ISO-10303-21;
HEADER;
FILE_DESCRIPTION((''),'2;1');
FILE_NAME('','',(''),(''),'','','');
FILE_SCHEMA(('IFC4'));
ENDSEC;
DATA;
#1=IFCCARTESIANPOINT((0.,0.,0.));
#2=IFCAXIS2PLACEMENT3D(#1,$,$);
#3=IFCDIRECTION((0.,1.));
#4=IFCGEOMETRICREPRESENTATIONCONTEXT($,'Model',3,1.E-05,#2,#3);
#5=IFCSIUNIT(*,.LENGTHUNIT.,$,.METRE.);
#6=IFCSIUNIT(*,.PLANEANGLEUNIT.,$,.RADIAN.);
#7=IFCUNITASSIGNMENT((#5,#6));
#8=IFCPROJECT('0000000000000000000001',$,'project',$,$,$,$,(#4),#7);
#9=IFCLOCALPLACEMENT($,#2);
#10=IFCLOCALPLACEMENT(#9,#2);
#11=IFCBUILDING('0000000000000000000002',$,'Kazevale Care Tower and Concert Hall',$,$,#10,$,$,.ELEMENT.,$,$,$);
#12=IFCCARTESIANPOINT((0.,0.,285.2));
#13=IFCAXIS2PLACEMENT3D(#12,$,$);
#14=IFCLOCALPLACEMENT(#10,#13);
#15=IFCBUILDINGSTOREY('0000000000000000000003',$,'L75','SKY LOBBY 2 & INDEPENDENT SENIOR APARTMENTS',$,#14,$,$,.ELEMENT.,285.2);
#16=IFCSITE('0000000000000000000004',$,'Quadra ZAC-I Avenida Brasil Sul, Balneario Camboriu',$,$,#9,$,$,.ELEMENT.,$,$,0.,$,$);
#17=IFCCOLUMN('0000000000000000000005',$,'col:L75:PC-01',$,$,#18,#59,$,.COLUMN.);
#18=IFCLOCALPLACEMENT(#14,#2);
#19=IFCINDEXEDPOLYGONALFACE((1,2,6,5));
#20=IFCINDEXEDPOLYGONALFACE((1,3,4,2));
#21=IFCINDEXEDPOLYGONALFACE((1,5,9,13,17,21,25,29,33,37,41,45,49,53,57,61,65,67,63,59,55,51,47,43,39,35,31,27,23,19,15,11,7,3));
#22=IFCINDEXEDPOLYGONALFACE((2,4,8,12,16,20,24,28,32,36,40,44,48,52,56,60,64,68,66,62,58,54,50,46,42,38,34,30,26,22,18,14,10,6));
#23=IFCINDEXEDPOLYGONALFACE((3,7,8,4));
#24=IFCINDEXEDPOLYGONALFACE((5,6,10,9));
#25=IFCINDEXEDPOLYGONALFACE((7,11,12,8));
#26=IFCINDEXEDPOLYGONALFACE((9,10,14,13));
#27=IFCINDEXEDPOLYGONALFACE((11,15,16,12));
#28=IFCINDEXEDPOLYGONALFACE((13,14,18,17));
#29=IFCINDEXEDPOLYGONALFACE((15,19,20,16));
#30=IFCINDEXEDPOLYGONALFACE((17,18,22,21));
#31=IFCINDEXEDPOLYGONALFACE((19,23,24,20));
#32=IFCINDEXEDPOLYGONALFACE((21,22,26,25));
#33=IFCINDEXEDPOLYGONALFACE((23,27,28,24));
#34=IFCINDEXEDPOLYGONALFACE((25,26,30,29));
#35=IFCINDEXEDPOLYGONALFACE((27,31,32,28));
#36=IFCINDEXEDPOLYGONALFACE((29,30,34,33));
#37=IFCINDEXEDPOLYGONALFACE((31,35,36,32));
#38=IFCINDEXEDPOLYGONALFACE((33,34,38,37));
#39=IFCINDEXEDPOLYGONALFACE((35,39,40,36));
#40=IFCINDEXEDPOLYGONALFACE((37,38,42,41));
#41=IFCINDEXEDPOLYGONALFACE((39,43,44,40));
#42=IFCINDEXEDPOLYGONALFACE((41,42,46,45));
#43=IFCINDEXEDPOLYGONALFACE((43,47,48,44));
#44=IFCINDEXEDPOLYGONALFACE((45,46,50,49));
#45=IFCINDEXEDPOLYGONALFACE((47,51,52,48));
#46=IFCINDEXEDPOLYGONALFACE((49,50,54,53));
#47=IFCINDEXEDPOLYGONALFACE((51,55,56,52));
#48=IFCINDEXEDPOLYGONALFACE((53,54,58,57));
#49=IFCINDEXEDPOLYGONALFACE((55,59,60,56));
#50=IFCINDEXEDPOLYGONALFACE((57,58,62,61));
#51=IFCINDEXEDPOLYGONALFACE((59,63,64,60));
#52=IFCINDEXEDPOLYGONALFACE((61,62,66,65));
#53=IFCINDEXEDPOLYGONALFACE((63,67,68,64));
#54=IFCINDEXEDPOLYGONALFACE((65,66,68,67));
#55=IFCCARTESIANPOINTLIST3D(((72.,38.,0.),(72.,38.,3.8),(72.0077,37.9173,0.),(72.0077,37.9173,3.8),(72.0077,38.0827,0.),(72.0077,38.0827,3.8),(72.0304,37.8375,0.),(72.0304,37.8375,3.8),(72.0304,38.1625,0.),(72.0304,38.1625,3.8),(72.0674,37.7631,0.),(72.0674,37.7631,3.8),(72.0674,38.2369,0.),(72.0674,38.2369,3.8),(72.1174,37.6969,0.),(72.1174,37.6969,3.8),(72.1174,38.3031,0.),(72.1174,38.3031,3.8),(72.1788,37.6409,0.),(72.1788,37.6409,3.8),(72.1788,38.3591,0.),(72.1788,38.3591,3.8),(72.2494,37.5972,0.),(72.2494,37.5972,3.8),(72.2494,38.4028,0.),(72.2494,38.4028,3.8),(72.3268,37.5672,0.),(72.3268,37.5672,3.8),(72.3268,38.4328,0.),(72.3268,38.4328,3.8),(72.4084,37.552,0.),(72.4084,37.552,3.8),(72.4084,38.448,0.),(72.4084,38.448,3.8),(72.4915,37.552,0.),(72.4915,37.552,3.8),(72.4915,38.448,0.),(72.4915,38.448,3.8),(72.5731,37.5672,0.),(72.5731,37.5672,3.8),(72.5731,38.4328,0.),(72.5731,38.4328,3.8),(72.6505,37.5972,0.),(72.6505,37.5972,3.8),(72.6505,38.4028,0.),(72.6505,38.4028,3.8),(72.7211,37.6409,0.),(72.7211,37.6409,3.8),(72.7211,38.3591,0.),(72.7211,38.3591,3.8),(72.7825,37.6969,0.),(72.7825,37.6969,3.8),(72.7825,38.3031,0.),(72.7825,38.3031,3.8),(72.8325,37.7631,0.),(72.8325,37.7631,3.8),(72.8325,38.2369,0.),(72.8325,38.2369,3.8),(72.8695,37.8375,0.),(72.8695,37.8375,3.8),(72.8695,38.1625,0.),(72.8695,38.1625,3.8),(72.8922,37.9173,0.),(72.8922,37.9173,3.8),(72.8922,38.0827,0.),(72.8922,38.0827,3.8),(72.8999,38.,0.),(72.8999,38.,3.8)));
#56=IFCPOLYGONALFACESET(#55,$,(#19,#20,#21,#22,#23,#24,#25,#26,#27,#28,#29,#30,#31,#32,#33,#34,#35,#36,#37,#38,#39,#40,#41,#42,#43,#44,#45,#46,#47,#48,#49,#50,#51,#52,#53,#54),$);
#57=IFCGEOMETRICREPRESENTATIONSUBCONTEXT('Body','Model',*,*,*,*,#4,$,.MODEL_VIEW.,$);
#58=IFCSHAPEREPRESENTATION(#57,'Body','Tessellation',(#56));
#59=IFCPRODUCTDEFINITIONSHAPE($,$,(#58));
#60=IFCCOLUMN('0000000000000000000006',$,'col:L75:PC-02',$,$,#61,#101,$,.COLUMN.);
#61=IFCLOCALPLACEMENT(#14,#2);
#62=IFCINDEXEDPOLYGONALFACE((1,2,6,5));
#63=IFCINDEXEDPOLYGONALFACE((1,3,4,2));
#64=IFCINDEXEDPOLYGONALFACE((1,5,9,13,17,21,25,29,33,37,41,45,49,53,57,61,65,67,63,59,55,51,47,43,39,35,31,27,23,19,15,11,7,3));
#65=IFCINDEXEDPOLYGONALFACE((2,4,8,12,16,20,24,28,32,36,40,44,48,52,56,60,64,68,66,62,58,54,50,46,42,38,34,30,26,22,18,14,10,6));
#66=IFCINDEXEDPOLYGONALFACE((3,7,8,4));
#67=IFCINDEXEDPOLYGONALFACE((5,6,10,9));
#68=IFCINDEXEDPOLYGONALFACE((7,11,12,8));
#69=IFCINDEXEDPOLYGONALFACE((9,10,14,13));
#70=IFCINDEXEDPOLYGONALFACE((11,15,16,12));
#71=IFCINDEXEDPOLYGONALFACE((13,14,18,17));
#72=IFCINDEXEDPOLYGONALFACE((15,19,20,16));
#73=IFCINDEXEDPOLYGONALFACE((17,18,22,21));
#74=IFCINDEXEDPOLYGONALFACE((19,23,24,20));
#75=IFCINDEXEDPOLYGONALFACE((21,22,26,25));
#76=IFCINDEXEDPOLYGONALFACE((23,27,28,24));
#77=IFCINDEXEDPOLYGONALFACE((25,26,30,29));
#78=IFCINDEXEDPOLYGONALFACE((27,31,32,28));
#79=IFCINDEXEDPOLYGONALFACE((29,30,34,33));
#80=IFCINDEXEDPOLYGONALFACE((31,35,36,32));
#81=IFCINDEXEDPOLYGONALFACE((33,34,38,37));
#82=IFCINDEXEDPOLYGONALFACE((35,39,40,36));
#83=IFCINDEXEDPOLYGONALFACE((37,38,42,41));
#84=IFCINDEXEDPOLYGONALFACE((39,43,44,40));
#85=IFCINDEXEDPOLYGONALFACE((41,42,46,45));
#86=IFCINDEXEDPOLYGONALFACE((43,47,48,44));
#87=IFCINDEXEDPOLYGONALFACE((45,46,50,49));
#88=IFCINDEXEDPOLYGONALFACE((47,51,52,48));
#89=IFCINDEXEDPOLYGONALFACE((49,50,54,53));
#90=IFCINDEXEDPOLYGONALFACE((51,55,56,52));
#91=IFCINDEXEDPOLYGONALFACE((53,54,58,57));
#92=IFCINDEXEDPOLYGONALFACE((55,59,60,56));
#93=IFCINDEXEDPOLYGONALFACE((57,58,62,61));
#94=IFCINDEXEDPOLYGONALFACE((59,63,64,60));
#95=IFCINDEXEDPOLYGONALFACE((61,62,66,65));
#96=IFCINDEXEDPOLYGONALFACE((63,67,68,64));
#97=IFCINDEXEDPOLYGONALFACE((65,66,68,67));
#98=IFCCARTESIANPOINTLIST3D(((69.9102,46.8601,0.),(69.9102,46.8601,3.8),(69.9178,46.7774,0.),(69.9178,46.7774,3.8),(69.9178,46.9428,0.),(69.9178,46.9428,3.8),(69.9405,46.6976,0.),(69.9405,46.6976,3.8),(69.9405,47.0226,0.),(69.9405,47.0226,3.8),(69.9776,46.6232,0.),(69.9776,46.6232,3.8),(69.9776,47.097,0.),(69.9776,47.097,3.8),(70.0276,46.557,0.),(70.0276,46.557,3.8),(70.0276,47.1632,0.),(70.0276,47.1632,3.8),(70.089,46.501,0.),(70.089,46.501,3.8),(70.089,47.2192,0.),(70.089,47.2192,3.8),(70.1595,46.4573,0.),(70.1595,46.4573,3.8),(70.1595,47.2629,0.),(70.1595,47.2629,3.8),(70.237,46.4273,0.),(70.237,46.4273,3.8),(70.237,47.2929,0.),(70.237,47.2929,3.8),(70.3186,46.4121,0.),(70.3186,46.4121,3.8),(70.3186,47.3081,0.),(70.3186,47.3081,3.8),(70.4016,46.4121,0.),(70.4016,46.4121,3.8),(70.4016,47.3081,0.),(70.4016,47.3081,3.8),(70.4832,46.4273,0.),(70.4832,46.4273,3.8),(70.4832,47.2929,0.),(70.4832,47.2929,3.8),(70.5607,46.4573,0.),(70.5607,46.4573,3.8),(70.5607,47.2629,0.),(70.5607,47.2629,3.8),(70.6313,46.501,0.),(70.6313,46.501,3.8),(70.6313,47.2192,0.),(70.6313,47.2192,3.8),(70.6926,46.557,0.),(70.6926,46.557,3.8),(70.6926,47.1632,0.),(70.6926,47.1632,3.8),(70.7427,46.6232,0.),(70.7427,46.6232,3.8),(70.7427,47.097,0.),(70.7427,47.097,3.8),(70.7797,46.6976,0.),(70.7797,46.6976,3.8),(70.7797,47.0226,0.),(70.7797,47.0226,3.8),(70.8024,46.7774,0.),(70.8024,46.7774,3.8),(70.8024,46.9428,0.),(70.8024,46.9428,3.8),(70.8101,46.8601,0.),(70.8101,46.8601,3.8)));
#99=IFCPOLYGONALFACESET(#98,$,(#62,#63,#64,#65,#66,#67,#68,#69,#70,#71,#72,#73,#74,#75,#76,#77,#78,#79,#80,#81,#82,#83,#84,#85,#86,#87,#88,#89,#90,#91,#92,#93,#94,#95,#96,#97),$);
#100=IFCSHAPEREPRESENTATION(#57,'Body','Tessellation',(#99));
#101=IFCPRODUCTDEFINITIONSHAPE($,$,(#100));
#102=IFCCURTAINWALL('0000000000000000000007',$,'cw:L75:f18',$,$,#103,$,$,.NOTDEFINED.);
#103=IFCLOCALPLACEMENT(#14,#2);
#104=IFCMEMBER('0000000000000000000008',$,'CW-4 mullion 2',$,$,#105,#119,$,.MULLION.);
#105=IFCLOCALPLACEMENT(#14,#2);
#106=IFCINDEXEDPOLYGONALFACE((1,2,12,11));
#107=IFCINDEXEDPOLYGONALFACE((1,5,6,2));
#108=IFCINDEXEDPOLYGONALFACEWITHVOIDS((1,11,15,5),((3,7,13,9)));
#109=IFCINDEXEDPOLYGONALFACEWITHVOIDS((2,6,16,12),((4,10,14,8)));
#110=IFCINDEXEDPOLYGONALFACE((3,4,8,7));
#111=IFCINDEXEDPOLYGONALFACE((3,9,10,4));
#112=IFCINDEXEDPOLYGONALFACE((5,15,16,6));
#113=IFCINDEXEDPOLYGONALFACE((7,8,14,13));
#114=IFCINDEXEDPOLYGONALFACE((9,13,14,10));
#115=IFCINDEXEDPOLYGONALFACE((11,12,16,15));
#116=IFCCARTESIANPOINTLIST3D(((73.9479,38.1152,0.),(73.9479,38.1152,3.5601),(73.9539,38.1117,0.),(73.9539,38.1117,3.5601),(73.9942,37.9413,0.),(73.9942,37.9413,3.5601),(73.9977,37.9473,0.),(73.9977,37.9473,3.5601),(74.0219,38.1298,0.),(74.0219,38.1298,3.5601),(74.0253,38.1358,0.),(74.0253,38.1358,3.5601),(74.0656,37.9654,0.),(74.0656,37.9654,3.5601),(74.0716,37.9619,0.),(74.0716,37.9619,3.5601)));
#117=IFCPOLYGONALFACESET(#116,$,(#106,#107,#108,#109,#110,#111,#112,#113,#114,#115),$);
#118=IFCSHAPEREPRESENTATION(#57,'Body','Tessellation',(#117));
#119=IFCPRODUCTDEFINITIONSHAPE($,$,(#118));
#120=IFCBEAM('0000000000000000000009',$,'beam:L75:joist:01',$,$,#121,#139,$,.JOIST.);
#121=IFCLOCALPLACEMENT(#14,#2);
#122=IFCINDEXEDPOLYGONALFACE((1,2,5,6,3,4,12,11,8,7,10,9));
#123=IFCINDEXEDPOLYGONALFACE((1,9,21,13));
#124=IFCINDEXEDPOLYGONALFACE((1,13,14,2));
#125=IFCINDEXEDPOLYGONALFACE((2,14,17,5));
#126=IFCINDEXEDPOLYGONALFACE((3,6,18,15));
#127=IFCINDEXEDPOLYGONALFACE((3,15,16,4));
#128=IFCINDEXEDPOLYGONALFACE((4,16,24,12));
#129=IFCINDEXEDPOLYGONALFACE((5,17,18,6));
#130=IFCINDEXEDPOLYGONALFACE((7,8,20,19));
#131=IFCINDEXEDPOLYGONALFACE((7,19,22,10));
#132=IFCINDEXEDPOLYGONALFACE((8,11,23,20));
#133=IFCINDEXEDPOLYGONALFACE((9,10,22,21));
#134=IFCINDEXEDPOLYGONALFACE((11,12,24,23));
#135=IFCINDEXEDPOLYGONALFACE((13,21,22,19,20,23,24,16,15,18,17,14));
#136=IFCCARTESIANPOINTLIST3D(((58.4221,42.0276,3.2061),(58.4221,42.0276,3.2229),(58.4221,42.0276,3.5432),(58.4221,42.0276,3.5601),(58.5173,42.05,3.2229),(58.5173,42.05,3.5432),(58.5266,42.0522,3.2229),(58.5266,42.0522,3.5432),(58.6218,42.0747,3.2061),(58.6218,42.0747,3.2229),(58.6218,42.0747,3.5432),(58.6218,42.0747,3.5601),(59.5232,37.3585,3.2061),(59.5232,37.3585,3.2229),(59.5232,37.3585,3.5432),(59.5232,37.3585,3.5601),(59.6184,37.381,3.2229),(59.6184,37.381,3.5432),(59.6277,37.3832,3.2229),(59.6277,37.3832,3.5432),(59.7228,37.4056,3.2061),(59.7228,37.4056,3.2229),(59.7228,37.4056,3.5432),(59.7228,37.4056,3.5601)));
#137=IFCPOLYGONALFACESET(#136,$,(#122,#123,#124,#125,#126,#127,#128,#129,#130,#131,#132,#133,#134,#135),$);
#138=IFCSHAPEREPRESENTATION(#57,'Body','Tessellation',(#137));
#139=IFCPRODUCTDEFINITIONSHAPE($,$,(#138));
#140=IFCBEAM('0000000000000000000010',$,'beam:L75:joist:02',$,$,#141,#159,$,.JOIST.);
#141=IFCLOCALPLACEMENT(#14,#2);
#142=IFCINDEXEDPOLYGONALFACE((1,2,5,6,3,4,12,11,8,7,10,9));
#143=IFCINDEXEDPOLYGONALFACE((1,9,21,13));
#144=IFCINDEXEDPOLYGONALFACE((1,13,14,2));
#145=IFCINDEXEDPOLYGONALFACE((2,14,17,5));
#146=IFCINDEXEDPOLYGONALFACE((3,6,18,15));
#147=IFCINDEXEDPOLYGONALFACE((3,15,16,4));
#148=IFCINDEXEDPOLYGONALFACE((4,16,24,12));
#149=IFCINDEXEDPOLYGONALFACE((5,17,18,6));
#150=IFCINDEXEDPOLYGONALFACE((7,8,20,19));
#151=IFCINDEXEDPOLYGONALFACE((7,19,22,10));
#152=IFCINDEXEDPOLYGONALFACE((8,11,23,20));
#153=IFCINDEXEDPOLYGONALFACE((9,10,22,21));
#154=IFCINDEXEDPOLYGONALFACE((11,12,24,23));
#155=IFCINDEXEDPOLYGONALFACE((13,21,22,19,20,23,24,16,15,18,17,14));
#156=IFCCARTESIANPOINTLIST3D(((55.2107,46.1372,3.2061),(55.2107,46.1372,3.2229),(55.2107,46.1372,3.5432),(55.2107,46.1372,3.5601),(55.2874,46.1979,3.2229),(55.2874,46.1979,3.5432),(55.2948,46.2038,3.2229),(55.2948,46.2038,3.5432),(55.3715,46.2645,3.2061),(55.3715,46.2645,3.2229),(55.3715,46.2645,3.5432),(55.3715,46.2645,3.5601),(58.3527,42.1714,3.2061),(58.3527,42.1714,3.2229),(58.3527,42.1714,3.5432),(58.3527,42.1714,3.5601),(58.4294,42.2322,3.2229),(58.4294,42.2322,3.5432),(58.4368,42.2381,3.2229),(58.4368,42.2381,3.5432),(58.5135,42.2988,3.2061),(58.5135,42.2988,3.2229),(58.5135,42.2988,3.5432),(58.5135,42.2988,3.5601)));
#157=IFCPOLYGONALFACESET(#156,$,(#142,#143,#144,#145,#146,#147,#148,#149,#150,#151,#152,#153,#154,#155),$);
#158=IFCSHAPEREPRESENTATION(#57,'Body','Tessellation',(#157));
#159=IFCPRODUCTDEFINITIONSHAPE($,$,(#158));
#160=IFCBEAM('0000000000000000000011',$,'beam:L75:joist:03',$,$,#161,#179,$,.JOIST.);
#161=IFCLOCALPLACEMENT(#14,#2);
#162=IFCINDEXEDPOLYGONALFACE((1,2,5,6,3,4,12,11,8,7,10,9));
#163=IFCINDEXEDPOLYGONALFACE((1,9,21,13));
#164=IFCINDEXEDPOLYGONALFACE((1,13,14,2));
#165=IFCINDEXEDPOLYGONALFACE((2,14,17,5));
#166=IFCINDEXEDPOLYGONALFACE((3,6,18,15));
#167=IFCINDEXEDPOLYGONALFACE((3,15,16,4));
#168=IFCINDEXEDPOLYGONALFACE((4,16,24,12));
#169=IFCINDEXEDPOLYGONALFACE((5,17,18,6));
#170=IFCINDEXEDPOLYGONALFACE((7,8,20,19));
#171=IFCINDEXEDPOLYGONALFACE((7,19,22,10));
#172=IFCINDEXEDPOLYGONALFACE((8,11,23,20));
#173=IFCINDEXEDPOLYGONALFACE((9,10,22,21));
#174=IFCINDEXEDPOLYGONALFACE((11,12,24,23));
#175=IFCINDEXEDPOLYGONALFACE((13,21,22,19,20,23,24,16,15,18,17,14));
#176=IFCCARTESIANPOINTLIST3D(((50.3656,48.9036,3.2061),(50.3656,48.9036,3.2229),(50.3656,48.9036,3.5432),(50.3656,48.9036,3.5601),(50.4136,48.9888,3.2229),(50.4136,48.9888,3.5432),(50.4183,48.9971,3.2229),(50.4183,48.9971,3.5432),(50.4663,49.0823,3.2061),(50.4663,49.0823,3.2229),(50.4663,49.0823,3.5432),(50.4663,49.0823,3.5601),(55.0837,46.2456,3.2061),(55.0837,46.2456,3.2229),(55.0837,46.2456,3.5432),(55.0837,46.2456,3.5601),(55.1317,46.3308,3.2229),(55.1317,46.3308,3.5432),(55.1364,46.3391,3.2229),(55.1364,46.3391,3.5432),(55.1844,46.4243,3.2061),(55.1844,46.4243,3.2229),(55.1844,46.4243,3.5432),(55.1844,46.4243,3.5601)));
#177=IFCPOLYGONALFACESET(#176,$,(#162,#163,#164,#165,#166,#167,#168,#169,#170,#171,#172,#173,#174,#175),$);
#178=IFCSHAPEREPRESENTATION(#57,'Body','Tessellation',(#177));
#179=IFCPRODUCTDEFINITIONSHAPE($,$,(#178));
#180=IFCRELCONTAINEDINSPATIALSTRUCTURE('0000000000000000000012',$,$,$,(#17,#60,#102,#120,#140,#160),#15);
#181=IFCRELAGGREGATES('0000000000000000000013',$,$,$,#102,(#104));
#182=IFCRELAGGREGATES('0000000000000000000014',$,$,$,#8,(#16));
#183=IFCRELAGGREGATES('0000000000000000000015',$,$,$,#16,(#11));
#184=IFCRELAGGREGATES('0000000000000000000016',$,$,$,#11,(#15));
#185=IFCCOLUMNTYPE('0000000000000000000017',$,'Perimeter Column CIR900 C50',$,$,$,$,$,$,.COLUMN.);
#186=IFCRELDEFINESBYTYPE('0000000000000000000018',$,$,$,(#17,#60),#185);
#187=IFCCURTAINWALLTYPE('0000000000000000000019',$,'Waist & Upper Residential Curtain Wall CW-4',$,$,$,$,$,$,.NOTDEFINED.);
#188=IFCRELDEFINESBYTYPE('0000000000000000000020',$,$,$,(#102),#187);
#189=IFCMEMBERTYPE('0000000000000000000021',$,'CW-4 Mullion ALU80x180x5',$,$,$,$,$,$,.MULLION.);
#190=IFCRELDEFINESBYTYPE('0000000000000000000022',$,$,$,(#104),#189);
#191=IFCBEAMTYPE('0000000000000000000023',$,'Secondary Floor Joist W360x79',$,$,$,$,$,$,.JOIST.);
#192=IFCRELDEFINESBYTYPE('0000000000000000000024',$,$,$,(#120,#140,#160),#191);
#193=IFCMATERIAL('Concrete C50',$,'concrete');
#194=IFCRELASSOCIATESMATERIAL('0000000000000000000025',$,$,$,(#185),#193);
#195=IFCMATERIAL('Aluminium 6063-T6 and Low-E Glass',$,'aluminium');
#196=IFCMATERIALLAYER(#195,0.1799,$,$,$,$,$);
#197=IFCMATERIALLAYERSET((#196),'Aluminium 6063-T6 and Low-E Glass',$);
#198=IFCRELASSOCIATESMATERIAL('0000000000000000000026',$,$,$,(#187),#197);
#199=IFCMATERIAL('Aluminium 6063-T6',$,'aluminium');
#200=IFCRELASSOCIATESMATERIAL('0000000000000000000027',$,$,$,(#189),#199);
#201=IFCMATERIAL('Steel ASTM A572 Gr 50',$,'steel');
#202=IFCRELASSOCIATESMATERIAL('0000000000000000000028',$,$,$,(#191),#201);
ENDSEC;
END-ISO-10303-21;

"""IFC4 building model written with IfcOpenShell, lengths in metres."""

from ifc_helpers import new_model, si_unit, direction, frame, origin, origin_2d, place, context, subcontext, project, spatial, hollow_rectangle, circle, i_section, extrude, material, layer, layer_set, material_profile, profile_set, type_object, element, aggregate, save


model = new_model("IFC4")

# Units and contexts
model_context = context("Model", 3, precision=1e-05, world=origin(), true_north=direction((0.0, 1.0)))
body_context = subcontext(model_context, "Body", "Model", "MODEL_VIEW")
ifc_project = project(units=[si_unit("LENGTHUNIT", "METRE"), si_unit("PLANEANGLEUNIT", "RADIAN")], contexts=[model_context])

# Site, building, storey
site_placement = place(None, origin())
site = spatial("IfcSite", under=ifc_project, at=site_placement, Name="Quadra ZAC-I Avenida Brasil Sul, Balneario Camboriu", CompositionType="ELEMENT", RefElevation=0.0)
building_placement = place(site_placement, origin())
building = spatial("IfcBuilding", under=site, at=building_placement, Name="Kazevale Care Tower and Concert Hall", CompositionType="ELEMENT")
storey_placement = place(building_placement, frame((0.0, 0.0, 285.2)))
storey = spatial("IfcBuildingStorey", under=building, at=storey_placement, Name="L75", Description="SKY LOBBY 2 & INDEPENDENT SENIOR APARTMENTS", CompositionType="ELEMENT", Elevation=285.2)

# Columns
ifc_material_1 = material(Name="Concrete C50", Category="concrete")
ifc_material_profile_1 = material_profile(ifc_material_1, circle(Radius=0.45, at=origin_2d()), Name="RC-CIR900")
ifc_profile_set_1 = profile_set([ifc_material_profile_1], Name="Concrete C50")
column_type = type_object("IfcColumnType", Name="Perimeter Column CIR900 C50", PredefinedType="COLUMN", material=ifc_profile_set_1)
for number, where, z_axis, x_axis, name in (
    (1, (72.45, 38.0, 0.0), (0.0, 0.0, 1.0), (1.0, 0.0, 0.0), "col:L75:PC-01"),
    (2, (70.3601, 46.8601, 0.0), (0.0, 0.0, 1.0), (1.0, 0.0, 0.0), "col:L75:PC-02"),
):
    element("IfcColumn", number, at=place(storey_placement, frame(where, z_axis=z_axis, x_axis=x_axis)), inside=storey, type_object=column_type, Name=name, PredefinedType="COLUMN", context=body_context, shape_type="SweptSolid", body=[
        extrude(circle(Radius=0.45, at=origin_2d()), origin(), (0.0, 0.0, 1.0), 3.8),
    ])

# Curtain wall, member
ifc_material_2 = material(Name="Aluminium 6063-T6 and Low-E Glass", Category="aluminium")
ifc_layer_1 = layer(ifc_material_2, 0.1799)
ifc_layer_set_1 = layer_set([ifc_layer_1], Name="Aluminium 6063-T6 and Low-E Glass")
curtain_wall_type = type_object("IfcCurtainWallType", Name="Waist & Upper Residential Curtain Wall CW-4", PredefinedType="NOTDEFINED", material=ifc_layer_set_1)
curtain_wall_placement = place(storey_placement, origin())
curtain_wall = element("IfcCurtainWall", 3, at=curtain_wall_placement, inside=storey, type_object=curtain_wall_type, Name="cw:L75:f18", PredefinedType="NOTDEFINED")
ifc_material_3 = material(Name="Aluminium 6063-T6", Category="aluminium")
ifc_material_profile_2 = material_profile(ifc_material_3, hollow_rectangle(XDim=0.0801, YDim=0.1799, WallThickness=0.0049, at=origin_2d()), Name="ALU80x180x5")
ifc_profile_set_2 = profile_set([ifc_material_profile_2], Name="Aluminium 6063-T6")
member_type = type_object("IfcMemberType", Name="CW-4 Mullion ALU80x180x5", PredefinedType="MULLION", material=ifc_profile_set_2)
member_placement = place(storey_placement, frame((74.0098, 38.0386, 0.0), z_axis=(0.0, 0.0, 1.0), x_axis=(0.966345, 0.257251, 0.0)))
member = element("IfcMember", 4, at=member_placement, type_object=member_type, Name="CW-4 mullion 2", PredefinedType="MULLION", context=body_context, shape_type="SweptSolid", body=[
    extrude(hollow_rectangle(XDim=0.0801, YDim=0.1799, WallThickness=0.0049, at=origin_2d()), origin(), (0.0, 0.0, 1.0), 3.5601),
])

# Beams
ifc_material_4 = material(Name="Steel ASTM A572 Gr 50", Category="steel")
ifc_material_profile_3 = material_profile(ifc_material_4, i_section(OverallWidth=0.2051, OverallDepth=0.354, WebThickness=0.0095, FlangeThickness=0.0168, at=origin_2d()), Name="W360x79")
ifc_profile_set_3 = profile_set([ifc_material_profile_3], Name="Steel ASTM A572 Gr 50")
beam_type_1 = type_object("IfcBeamType", Name="Secondary Floor Joist W360x79", PredefinedType="JOIST", material=ifc_profile_set_3)
beam_1_placement = place(storey_placement, frame((59.623, 37.3821, 3.3831), z_axis=(-0.229533, 0.973301, 0.0), x_axis=(-0.973301, -0.229533, 0.0)))
element("IfcBeam", 5, at=beam_1_placement, inside=storey, type_object=beam_type_1, Name="beam:L75:joist:01", PredefinedType="JOIST", context=body_context, shape_type="SweptSolid", body=[
    extrude(i_section(OverallWidth=0.2051, OverallDepth=0.354, WebThickness=0.0095, FlangeThickness=0.0168, at=origin_2d()), origin(), (0.0, 0.0, 1.0), 4.7971),
])
beam_2_placement = place(storey_placement, frame((58.4331, 42.2351, 3.3831), z_axis=(-0.621004, 0.783807, 0.0), x_axis=(-0.783807, -0.621004, 0.0)))
element("IfcBeam", 6, at=beam_2_placement, inside=storey, type_object=beam_type_1, Name="beam:L75:joist:02", PredefinedType="JOIST", context=body_context, shape_type="SweptSolid", body=[
    extrude(i_section(OverallWidth=0.2051, OverallDepth=0.354, WebThickness=0.0095, FlangeThickness=0.0168, at=origin_2d()), origin(), (0.0, 0.0, 1.0), 5.0596),
])
beam_3_placement = place(storey_placement, frame((55.134, 46.335, 3.3831), z_axis=(-0.871254, 0.490833, 0.0), x_axis=(-0.490833, -0.871254, 0.0)))
element("IfcBeam", 7, at=beam_3_placement, inside=storey, type_object=beam_type_1, Name="beam:L75:joist:03", PredefinedType="JOIST", context=body_context, shape_type="SweptSolid", body=[
    extrude(i_section(OverallWidth=0.2051, OverallDepth=0.354, WebThickness=0.0095, FlangeThickness=0.0168, at=origin_2d()), origin(), (0.0, 0.0, 1.0), 5.4153),
])

aggregate(curtain_wall, [member])

save(model, "model.ifc")
